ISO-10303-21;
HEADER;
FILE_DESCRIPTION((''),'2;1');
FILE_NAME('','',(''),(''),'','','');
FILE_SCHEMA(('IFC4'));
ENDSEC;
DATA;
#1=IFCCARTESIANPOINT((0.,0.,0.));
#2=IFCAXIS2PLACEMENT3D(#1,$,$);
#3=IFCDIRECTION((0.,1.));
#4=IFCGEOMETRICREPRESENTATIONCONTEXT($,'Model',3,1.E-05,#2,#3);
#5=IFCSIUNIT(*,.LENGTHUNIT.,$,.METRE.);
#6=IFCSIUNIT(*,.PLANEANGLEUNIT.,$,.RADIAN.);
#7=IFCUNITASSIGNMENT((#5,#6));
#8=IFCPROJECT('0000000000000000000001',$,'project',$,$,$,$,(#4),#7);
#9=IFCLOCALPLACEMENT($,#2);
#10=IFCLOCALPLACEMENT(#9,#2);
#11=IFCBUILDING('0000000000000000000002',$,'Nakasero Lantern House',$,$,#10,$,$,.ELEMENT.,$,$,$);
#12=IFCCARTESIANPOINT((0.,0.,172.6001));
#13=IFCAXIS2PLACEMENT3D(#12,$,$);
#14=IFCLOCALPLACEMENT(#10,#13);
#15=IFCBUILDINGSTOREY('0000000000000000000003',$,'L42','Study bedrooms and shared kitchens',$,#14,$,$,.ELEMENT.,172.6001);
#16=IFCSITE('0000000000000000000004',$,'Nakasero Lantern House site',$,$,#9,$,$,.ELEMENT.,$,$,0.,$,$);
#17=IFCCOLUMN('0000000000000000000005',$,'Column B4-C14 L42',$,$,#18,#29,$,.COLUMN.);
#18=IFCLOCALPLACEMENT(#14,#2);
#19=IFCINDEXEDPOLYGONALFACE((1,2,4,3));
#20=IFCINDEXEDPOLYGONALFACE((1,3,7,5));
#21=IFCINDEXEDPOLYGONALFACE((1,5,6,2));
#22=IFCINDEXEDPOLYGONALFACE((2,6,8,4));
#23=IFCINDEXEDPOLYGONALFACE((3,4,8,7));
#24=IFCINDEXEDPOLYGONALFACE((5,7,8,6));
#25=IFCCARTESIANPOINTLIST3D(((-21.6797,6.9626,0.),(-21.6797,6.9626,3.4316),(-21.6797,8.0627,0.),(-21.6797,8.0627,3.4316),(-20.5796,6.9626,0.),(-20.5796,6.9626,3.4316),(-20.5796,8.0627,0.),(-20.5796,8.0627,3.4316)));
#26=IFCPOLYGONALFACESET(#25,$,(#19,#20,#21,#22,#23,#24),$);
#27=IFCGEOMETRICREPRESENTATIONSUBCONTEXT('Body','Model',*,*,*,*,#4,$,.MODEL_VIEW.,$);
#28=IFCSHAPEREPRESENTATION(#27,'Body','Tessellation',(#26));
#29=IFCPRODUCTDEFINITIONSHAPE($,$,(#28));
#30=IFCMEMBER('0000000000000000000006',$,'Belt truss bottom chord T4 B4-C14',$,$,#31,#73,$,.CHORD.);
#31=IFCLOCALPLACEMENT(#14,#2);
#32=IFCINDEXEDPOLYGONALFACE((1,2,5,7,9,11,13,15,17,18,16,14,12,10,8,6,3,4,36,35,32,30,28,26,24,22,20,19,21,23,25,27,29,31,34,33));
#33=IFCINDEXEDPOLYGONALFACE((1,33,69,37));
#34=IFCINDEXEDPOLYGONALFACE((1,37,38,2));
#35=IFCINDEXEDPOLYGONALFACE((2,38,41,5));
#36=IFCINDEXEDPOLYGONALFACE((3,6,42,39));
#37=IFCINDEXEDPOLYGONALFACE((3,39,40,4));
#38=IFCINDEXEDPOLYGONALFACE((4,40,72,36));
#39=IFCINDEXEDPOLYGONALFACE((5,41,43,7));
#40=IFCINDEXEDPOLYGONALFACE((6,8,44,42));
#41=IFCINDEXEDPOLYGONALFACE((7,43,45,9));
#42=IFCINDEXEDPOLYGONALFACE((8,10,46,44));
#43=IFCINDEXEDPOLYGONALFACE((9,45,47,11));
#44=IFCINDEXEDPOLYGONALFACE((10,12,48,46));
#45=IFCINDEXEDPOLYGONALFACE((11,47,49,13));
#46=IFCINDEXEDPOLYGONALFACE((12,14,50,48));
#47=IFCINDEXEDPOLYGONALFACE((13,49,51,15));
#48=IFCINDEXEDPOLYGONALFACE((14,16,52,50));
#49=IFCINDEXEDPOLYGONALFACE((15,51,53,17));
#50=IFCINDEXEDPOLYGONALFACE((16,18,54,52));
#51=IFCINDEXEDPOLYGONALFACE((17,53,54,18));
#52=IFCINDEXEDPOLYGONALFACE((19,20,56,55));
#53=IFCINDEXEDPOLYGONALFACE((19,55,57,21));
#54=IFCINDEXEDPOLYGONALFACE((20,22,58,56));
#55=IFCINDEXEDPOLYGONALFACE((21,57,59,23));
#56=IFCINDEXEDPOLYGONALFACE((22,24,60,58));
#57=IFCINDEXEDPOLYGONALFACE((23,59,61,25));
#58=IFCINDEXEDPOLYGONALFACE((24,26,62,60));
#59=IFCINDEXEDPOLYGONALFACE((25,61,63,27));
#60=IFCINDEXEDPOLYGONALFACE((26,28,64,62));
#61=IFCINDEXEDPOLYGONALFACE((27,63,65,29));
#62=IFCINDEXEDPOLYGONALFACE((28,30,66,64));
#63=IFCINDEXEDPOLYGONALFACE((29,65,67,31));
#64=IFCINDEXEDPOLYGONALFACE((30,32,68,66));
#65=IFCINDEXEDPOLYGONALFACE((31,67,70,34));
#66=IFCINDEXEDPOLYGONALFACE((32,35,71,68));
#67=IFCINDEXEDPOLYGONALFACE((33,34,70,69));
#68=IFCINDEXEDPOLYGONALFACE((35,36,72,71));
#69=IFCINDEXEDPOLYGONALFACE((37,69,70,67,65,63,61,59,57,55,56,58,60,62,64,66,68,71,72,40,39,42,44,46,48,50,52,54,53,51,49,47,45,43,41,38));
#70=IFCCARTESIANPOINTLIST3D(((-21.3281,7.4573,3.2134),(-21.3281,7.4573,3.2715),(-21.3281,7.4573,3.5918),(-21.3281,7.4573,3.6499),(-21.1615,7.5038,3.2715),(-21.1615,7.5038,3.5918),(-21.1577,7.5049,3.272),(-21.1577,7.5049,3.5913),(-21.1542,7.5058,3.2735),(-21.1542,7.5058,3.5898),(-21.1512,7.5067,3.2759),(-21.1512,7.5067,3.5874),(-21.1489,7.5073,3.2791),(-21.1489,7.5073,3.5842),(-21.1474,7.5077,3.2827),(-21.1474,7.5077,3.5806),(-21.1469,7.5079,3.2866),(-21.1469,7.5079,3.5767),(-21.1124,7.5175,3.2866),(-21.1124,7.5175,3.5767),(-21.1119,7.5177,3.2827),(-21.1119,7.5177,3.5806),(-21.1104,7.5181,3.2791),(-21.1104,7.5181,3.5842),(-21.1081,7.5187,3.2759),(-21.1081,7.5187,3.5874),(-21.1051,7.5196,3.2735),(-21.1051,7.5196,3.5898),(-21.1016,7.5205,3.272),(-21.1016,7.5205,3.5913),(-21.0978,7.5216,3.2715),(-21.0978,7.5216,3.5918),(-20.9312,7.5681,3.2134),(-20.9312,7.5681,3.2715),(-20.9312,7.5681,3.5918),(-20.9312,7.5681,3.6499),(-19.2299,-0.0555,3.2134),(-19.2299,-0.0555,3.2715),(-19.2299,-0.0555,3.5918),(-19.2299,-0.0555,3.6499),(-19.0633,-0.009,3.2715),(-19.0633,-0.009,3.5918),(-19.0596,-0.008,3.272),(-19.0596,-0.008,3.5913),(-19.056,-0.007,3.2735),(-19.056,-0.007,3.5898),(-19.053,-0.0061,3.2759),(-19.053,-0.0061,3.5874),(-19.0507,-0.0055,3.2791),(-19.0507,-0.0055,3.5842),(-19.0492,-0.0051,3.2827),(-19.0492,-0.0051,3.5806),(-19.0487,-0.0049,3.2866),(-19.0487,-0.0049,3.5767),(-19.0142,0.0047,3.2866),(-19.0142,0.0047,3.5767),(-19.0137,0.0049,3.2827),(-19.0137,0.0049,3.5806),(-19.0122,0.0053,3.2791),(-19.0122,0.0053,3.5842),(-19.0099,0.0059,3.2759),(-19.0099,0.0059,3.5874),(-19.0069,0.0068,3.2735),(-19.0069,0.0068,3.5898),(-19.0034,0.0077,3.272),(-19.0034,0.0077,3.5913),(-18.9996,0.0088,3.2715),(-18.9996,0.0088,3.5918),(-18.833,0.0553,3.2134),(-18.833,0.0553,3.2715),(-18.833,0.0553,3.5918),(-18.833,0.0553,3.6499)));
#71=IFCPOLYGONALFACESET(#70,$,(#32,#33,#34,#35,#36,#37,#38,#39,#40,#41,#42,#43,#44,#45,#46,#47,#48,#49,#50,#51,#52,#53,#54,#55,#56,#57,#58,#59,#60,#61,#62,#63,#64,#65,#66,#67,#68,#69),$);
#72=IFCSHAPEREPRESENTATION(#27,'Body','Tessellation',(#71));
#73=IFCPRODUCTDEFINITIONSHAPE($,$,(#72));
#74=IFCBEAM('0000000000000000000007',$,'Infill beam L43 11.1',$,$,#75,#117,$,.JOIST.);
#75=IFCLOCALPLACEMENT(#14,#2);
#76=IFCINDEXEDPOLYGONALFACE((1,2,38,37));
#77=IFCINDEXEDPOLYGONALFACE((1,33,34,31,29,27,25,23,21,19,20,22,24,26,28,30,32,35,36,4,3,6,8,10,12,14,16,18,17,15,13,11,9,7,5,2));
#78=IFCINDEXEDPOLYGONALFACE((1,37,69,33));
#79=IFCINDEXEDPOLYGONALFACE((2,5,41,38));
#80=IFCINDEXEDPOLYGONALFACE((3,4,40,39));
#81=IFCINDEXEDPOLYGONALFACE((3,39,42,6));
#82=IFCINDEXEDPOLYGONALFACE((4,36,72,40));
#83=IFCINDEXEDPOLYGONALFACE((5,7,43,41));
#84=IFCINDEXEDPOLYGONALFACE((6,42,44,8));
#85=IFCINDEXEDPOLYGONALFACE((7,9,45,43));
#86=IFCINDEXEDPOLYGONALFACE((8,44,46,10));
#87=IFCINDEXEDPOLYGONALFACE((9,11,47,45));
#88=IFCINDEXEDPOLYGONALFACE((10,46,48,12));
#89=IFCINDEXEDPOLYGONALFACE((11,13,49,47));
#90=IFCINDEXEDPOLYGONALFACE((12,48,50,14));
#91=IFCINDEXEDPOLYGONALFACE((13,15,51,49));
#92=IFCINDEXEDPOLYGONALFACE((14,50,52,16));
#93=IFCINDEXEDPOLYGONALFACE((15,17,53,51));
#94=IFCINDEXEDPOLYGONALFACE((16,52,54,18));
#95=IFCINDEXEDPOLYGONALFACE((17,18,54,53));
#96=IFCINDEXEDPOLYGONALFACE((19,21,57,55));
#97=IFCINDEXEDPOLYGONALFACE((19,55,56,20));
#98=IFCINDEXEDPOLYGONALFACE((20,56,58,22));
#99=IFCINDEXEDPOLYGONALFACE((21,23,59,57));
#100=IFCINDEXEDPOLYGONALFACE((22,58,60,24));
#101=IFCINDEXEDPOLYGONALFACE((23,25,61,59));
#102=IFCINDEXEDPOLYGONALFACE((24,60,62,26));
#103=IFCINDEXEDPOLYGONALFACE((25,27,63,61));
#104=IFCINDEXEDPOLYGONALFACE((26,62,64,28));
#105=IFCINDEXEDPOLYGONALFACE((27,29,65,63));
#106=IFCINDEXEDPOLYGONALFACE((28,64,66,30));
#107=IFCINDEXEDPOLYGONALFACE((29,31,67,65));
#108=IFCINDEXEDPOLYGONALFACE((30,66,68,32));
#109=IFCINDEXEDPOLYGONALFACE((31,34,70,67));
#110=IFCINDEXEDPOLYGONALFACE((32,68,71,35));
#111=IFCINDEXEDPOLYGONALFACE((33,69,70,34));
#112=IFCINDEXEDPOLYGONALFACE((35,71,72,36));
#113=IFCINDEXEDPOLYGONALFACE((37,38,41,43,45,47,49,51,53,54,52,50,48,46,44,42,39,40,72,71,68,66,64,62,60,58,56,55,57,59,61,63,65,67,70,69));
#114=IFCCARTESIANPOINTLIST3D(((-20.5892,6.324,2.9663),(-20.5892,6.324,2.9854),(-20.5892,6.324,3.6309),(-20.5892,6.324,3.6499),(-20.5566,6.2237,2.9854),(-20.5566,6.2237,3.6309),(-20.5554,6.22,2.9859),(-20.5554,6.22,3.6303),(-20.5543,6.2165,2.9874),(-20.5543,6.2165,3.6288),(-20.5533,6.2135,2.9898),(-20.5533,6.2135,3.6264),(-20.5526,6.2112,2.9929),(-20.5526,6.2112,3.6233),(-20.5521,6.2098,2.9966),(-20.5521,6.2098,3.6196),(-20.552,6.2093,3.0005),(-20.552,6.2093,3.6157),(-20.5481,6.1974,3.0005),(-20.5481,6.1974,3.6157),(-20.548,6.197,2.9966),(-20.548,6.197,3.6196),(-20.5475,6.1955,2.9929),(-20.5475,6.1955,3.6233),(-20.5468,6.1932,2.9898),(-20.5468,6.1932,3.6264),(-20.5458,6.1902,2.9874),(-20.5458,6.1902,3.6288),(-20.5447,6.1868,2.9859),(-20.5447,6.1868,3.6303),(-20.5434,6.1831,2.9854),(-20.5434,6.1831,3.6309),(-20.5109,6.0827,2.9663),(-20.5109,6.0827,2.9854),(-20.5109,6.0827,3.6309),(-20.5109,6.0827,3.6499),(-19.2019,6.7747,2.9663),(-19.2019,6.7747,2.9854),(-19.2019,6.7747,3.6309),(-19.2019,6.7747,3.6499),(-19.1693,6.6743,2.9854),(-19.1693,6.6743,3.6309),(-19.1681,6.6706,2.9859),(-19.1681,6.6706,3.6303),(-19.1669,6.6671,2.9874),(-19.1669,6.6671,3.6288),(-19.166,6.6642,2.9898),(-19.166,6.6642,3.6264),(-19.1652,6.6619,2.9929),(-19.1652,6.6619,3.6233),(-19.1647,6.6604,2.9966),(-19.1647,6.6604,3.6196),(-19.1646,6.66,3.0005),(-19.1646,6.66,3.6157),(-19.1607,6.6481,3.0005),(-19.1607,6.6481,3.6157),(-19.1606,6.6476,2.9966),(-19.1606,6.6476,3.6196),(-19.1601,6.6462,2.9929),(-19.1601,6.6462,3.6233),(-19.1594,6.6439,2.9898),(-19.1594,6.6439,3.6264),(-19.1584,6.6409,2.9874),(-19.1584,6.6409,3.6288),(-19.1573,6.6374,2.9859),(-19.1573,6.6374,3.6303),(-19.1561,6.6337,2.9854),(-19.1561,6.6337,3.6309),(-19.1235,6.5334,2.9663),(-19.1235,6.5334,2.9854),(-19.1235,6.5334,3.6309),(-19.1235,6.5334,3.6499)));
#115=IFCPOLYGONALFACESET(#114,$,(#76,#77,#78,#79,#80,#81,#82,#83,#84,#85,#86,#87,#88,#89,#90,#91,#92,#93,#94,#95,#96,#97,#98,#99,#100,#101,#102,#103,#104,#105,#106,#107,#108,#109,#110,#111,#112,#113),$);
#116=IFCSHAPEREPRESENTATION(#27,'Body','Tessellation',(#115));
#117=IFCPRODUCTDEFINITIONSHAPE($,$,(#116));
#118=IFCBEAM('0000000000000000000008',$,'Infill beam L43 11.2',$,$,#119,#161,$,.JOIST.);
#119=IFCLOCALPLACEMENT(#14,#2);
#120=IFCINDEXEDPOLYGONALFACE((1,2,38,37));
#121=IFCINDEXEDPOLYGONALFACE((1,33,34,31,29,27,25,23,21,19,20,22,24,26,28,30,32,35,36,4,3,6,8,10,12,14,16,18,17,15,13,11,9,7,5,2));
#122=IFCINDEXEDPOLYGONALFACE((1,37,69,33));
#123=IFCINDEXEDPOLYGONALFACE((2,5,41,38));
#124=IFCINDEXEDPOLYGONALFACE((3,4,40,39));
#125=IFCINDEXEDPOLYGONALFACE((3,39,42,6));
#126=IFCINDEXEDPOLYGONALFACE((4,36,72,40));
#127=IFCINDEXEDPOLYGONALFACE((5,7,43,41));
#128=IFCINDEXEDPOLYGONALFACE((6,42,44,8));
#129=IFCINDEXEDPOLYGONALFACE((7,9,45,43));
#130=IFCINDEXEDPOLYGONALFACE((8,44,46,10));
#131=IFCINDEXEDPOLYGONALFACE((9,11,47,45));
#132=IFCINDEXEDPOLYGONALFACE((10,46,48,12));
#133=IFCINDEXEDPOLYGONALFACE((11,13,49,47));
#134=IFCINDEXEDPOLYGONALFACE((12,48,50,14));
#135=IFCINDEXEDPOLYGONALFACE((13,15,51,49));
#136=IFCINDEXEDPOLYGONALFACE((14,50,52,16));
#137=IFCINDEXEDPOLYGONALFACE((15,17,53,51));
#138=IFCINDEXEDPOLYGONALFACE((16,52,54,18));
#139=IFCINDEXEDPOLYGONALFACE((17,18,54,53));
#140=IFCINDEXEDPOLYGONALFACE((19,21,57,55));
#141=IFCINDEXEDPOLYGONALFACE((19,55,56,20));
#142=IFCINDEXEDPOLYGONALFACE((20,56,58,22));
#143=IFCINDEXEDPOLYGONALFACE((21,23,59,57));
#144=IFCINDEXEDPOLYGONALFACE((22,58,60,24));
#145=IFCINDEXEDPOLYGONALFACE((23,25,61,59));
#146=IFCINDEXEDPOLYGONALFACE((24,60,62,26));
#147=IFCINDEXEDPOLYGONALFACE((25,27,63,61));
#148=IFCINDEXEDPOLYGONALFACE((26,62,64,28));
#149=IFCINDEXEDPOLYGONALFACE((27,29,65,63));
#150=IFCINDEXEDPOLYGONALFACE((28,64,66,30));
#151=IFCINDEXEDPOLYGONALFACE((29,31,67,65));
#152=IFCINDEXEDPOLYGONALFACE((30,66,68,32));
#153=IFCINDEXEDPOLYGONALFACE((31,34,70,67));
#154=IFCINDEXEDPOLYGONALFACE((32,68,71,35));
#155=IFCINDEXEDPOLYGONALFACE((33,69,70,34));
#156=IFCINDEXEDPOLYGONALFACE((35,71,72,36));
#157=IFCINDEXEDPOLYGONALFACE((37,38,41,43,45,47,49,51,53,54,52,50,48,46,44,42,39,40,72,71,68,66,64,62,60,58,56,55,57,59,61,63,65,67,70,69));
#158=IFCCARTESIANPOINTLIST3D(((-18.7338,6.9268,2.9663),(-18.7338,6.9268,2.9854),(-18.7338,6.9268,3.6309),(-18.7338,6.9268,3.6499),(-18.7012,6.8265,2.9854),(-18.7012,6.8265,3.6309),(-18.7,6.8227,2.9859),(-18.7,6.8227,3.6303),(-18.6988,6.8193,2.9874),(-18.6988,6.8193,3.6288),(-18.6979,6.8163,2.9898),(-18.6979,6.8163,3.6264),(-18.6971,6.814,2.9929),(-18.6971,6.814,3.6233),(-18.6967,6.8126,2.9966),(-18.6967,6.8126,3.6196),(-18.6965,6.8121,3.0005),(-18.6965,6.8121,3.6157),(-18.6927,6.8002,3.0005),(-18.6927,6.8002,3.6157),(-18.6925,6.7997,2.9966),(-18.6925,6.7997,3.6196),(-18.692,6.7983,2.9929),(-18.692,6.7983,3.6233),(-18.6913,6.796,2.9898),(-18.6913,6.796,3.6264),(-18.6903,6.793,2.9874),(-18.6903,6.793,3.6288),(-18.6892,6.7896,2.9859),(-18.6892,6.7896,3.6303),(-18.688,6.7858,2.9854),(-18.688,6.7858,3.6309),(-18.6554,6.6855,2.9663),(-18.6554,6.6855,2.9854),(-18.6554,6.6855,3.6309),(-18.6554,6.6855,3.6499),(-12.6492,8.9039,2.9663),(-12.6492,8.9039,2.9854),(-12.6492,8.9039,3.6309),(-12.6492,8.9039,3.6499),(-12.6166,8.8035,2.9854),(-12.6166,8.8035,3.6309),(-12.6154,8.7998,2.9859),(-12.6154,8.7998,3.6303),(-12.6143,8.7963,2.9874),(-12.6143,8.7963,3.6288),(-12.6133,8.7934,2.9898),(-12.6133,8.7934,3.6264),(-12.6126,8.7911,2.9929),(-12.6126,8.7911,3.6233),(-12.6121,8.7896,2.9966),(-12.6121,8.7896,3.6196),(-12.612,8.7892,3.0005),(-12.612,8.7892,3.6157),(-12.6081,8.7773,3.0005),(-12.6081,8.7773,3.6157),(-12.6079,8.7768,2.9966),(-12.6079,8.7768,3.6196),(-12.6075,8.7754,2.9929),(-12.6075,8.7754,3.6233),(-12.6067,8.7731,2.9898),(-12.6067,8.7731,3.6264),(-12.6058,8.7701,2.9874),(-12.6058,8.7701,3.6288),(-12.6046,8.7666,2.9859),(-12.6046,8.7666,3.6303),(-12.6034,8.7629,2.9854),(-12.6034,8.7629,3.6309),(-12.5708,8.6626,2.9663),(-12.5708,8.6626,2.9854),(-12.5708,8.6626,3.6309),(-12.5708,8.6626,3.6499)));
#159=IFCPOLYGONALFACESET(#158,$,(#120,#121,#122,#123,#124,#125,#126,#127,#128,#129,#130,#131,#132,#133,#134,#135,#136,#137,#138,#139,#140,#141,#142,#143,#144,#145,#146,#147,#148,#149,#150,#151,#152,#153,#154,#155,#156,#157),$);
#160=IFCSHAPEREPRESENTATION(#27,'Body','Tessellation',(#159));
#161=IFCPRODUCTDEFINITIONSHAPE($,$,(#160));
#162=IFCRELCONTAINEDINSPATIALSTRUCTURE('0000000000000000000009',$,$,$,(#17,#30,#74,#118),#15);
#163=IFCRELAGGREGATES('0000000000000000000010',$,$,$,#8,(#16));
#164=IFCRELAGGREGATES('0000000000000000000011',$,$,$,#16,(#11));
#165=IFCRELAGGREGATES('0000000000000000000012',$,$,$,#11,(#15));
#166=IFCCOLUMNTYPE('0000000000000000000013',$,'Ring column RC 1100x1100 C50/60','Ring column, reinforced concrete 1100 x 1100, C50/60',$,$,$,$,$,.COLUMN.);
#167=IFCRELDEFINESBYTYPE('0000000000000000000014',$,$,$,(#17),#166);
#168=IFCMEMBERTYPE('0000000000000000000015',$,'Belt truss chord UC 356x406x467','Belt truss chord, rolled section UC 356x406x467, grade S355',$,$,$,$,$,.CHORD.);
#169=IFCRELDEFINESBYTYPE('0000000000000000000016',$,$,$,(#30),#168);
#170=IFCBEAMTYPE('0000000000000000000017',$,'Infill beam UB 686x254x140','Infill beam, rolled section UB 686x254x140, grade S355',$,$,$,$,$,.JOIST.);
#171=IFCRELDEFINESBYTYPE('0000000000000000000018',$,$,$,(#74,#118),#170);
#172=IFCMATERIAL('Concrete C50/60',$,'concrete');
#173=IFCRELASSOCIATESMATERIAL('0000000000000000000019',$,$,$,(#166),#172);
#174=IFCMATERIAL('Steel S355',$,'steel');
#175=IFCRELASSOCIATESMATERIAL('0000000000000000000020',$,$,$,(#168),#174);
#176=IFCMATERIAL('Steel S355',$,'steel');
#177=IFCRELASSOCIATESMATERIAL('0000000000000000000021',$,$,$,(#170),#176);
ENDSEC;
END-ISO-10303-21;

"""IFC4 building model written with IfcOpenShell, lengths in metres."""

from ifc_helpers import new_model, si_unit, direction, frame, origin, origin_2d, place, context, subcontext, project, spatial, rectangle, i_section, extrude, material, material_profile, profile_set, type_object, element, save


model = new_model("IFC4")

# Units and contexts
model_context = context("Model", 3, precision=1e-05, world=origin(), true_north=direction((0.0, 1.0)))
body_context = subcontext(model_context, "Body", "Model", "MODEL_VIEW")
ifc_project = project(units=[si_unit("LENGTHUNIT", "METRE"), si_unit("PLANEANGLEUNIT", "RADIAN")], contexts=[model_context])

# Site, building, storey
site_placement = place(None, origin())
site = spatial("IfcSite", under=ifc_project, at=site_placement, Name="Nakasero Lantern House site", CompositionType="ELEMENT", RefElevation=0.0)
building_placement = place(site_placement, origin())
building = spatial("IfcBuilding", under=site, at=building_placement, Name="Nakasero Lantern House", CompositionType="ELEMENT")
storey_placement = place(building_placement, frame((0.0, 0.0, 172.6001)))
storey = spatial("IfcBuildingStorey", under=building, at=storey_placement, Name="L42", Description="Study bedrooms and shared kitchens", CompositionType="ELEMENT", Elevation=172.6001)

# Column
ifc_material_1 = material(Name="Concrete C50/60", Category="concrete")
ifc_material_profile_1 = material_profile(ifc_material_1, rectangle(XDim=1.1001, YDim=1.1001, at=origin_2d()), Name="RC 1100x1100")
ifc_profile_set_1 = profile_set([ifc_material_profile_1], Name="Concrete C50/60")
column_type = type_object("IfcColumnType", Name="Ring column RC 1100x1100 C50/60", Description="Ring column, reinforced concrete 1100 x 1100, C50/60", PredefinedType="COLUMN", material=ifc_profile_set_1)
column_placement = place(storey_placement, frame((-21.1296, 7.5127, 0.0), z_axis=(0.0, 0.0, 1.0), x_axis=(1.0, 0.0, 0.0)))
element("IfcColumn", 1, at=column_placement, inside=storey, type_object=column_type, Name="Column B4-C14 L42", PredefinedType="COLUMN", context=body_context, shape_type="SweptSolid", body=[
    extrude(rectangle(XDim=1.1001, YDim=1.1001, at=origin_2d()), origin(), (0.0, 0.0, 1.0), 3.4316),
])

# Member
ifc_material_2 = material(Name="Steel S355", Category="steel")
ifc_material_profile_2 = material_profile(ifc_material_2, i_section(OverallWidth=0.4121, OverallDepth=0.4365, WebThickness=0.0359, FlangeThickness=0.0581, FilletRadius=0.0151, at=origin_2d()), Name="UC 356x406x467")
ifc_profile_set_2 = profile_set([ifc_material_profile_2], Name="Steel S355")
member_type = type_object("IfcMemberType", Name="Belt truss chord UC 356x406x467", Description="Belt truss chord, rolled section UC 356x406x467, grade S355", PredefinedType="CHORD", material=ifc_profile_set_2)
member_placement = place(storey_placement, frame((-21.1296, 7.5127, 3.4316), z_axis=(0.268987, -0.963144, 0.0), x_axis=(0.963144, 0.268987, 0.0)))
element("IfcMember", 2, at=member_placement, inside=storey, type_object=member_type, Name="Belt truss bottom chord T4 B4-C14", PredefinedType="CHORD", context=body_context, shape_type="SweptSolid", body=[
    extrude(i_section(OverallWidth=0.4121, OverallDepth=0.4365, WebThickness=0.0359, FlangeThickness=0.0581, FilletRadius=0.0151, at=origin_2d()), origin(), (0.0, 0.0, 1.0), 7.8003),
])

# Beams
ifc_material_3 = material(Name="Steel S355", Category="steel")
ifc_material_profile_3 = material_profile(ifc_material_3, i_section(OverallWidth=0.2537, OverallDepth=0.6836, WebThickness=0.0125, FlangeThickness=0.019, FilletRadius=0.0151, at=origin_2d()), Name="UB 686x254x140")
ifc_profile_set_3 = profile_set([ifc_material_profile_3], Name="Steel S355")
beam_type_1 = type_object("IfcBeamType", Name="Infill beam UB 686x254x140", Description="Infill beam, rolled section UB 686x254x140, grade S355", PredefinedType="JOIST", material=ifc_profile_set_3)
beam_1_placement = place(storey_placement, frame((-20.55, 6.2034, 3.3081), z_axis=(0.951082, 0.308938, 0.0), x_axis=(-0.308938, 0.951082, 0.0)))
element("IfcBeam", 3, at=beam_1_placement, inside=storey, type_object=beam_type_1, Name="Infill beam L43 11.1", PredefinedType="JOIST", context=body_context, shape_type="SweptSolid", body=[
    extrude(i_section(OverallWidth=0.2537, OverallDepth=0.6836, WebThickness=0.0125, FlangeThickness=0.019, FilletRadius=0.0151, at=origin_2d()), origin(), (0.0, 0.0, 1.0), 1.4587),
])
beam_2_placement = place(storey_placement, frame((-18.6946, 6.8062, 3.3081), z_axis=(0.951053, 0.309029, 0.0), x_axis=(-0.309029, 0.951053, 0.0)))
element("IfcBeam", 4, at=beam_2_placement, inside=storey, type_object=beam_type_1, Name="Infill beam L43 11.2", PredefinedType="JOIST", context=body_context, shape_type="SweptSolid", body=[
    extrude(i_section(OverallWidth=0.2537, OverallDepth=0.6836, WebThickness=0.0125, FlangeThickness=0.019, FilletRadius=0.0151, at=origin_2d()), origin(), (0.0, 0.0, 1.0), 6.3977),
])

save(model, "model.ifc")
